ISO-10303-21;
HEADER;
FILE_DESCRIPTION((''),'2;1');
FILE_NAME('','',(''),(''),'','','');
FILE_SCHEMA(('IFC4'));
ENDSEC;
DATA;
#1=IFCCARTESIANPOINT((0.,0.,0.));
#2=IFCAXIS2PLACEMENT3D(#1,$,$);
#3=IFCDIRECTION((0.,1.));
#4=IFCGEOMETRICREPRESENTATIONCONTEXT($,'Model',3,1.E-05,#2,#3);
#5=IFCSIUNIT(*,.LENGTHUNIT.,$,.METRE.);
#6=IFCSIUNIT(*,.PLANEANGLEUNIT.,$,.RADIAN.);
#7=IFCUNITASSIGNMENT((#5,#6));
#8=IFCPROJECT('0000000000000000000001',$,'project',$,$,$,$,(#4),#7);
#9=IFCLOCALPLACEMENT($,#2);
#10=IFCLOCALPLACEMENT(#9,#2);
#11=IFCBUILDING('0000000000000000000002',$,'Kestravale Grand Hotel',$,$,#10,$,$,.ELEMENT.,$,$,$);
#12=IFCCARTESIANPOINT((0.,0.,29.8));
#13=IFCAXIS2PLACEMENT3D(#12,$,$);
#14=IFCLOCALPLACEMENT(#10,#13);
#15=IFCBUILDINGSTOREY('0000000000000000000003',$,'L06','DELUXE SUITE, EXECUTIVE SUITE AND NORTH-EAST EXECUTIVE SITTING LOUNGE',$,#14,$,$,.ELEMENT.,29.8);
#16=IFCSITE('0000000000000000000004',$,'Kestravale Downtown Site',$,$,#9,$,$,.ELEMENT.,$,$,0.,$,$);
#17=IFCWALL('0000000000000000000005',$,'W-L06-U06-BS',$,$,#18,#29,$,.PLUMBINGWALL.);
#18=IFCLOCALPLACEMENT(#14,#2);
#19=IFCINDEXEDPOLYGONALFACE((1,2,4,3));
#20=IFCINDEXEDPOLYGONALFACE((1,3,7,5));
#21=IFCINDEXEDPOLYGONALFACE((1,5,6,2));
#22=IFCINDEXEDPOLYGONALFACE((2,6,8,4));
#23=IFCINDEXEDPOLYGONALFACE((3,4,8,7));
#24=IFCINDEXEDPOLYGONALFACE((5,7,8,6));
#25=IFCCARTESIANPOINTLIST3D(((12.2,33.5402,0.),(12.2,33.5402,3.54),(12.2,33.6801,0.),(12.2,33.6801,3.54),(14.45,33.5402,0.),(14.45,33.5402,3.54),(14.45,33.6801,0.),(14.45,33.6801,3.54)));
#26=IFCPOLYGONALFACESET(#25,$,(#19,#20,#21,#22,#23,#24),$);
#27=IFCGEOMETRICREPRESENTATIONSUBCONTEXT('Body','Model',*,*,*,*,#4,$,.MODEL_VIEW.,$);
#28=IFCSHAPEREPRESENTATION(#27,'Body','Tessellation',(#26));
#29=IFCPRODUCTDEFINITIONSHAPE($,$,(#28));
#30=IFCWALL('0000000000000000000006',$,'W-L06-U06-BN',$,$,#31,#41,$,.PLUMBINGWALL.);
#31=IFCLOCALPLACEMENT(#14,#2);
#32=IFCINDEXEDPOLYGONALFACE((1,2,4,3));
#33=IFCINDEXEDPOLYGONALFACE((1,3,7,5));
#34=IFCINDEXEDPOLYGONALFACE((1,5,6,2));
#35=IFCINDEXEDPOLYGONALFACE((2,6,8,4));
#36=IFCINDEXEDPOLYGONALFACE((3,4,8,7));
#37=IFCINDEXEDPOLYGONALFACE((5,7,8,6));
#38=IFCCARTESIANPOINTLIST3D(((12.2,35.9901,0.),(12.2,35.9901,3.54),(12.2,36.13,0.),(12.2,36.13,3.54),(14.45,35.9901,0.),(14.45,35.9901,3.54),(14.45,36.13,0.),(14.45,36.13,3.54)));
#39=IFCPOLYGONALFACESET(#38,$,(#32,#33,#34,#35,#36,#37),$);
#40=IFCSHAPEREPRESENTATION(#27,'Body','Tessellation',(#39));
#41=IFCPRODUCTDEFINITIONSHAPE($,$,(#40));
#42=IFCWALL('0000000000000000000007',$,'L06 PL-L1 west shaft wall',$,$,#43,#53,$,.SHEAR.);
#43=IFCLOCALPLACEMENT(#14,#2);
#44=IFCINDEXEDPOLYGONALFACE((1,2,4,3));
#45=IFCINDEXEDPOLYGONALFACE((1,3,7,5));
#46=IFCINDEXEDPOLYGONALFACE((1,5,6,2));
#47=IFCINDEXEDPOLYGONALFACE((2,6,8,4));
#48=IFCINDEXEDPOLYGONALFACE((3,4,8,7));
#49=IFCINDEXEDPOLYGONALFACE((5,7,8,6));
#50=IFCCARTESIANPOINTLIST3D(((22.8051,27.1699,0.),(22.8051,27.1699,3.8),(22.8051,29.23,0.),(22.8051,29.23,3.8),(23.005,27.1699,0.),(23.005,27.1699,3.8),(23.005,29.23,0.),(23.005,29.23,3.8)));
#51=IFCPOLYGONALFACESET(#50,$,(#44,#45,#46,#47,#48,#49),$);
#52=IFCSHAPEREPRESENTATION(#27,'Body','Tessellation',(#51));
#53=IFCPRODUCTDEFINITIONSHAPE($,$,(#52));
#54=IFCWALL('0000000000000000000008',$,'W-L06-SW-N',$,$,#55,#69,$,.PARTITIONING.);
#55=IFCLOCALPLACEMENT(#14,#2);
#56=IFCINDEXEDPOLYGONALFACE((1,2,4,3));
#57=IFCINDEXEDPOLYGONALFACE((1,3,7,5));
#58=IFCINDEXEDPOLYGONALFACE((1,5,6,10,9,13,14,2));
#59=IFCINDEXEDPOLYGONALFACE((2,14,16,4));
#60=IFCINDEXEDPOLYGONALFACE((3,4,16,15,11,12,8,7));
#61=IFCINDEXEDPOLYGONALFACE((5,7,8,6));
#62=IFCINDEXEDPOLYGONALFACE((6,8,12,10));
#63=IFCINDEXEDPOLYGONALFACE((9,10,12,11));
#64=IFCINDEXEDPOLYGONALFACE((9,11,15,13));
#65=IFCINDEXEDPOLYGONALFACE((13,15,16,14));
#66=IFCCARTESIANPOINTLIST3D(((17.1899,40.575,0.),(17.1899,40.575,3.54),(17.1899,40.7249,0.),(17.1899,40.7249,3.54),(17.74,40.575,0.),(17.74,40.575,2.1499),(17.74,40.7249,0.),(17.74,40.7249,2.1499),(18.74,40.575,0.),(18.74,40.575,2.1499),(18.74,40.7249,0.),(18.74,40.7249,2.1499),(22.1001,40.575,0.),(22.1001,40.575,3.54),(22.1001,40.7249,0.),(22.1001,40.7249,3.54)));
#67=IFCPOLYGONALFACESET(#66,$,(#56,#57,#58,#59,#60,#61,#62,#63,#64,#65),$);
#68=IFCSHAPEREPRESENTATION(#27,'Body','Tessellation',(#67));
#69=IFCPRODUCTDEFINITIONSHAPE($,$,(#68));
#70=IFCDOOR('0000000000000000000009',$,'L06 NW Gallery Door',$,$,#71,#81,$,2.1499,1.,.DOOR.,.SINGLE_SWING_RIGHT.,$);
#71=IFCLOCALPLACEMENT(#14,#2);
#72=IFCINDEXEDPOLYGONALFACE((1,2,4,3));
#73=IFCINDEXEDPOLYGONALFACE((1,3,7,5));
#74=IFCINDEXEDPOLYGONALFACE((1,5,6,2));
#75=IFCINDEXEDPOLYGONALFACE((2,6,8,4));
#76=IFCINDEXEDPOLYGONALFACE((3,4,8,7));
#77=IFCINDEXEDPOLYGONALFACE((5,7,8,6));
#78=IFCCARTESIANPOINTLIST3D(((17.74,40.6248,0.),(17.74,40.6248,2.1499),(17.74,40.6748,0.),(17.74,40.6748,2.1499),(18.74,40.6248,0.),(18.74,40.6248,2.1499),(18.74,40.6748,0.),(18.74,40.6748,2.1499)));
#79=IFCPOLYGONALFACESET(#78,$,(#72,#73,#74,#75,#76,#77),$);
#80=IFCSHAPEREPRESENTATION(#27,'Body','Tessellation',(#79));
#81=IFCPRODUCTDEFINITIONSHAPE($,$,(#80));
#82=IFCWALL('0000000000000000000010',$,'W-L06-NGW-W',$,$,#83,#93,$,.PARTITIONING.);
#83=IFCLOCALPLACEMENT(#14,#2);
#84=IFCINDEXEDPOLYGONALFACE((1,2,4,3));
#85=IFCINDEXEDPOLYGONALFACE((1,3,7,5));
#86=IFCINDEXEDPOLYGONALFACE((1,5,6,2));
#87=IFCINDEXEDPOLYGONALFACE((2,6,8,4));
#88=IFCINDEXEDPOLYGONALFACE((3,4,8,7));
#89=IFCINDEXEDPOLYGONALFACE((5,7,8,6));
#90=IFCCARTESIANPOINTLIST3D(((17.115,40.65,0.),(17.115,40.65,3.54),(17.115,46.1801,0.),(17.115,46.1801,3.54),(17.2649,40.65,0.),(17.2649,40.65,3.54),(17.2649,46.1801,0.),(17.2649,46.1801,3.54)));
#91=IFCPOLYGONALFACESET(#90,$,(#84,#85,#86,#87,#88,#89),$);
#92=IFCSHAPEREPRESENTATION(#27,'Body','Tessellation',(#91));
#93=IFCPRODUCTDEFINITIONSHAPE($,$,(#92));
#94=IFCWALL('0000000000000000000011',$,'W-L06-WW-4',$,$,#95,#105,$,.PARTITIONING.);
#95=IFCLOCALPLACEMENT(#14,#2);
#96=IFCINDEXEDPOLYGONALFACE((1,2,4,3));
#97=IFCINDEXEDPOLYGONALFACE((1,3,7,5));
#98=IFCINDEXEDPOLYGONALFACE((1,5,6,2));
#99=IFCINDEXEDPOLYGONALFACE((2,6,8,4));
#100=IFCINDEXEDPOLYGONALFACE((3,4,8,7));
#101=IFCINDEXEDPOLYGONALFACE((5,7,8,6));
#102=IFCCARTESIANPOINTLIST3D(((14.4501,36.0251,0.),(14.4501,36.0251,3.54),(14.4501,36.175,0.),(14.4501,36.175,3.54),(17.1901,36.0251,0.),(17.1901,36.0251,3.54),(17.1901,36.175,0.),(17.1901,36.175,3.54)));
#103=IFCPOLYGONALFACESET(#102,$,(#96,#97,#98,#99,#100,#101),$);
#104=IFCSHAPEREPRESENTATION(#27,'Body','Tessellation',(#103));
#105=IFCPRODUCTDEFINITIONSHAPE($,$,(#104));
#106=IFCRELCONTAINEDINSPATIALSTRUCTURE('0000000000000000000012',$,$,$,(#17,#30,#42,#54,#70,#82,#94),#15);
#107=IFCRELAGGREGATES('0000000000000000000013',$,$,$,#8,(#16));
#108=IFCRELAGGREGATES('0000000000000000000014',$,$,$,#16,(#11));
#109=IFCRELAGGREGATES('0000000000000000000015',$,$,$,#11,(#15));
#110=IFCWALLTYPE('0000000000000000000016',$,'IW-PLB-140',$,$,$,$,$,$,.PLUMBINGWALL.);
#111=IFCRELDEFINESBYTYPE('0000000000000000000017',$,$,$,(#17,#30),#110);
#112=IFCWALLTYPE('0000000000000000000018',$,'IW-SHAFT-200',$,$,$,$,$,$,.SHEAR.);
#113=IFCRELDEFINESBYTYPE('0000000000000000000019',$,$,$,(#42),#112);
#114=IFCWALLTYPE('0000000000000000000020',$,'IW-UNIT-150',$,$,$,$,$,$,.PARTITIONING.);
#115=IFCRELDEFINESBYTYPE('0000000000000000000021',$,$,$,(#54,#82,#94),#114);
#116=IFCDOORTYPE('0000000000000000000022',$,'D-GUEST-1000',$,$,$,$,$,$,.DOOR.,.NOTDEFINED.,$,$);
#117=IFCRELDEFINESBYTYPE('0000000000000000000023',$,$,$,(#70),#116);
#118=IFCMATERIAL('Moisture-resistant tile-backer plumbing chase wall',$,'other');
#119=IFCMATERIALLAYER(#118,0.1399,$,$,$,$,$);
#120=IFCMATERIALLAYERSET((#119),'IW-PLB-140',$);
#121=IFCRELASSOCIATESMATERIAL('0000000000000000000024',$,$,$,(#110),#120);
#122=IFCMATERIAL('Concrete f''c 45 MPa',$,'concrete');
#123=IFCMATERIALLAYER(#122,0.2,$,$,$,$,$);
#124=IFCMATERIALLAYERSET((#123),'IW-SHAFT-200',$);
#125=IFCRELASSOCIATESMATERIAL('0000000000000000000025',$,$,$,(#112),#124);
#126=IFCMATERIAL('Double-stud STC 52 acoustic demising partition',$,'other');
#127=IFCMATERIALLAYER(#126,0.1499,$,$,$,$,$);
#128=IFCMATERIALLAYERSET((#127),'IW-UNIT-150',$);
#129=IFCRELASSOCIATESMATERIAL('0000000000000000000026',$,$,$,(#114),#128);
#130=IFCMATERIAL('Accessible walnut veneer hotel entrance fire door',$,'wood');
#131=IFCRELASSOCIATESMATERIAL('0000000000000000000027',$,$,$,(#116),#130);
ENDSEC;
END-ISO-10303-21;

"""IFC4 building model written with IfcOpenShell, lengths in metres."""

from ifc_helpers import new_model, si_unit, direction, frame, frame_2d, origin, place, context, subcontext, project, spatial, rectangle, extrude, material, layer, layer_set, type_object, element, fill, save


model = new_model("IFC4")

# Units and contexts
model_context = context("Model", 3, precision=1e-05, world=origin(), true_north=direction((0.0, 1.0)))
body_context = subcontext(model_context, "Body", "Model", "MODEL_VIEW")
ifc_project = project(units=[si_unit("LENGTHUNIT", "METRE"), si_unit("PLANEANGLEUNIT", "RADIAN")], contexts=[model_context])

# Site, building, storey
site_placement = place(None, origin())
site = spatial("IfcSite", under=ifc_project, at=site_placement, Name="Kestravale Downtown Site", CompositionType="ELEMENT", RefElevation=0.0)
building_placement = place(site_placement, origin())
building = spatial("IfcBuilding", under=site, at=building_placement, Name="Kestravale Grand Hotel", CompositionType="ELEMENT")
storey_placement = place(building_placement, frame((0.0, 0.0, 29.8)))
storey = spatial("IfcBuildingStorey", under=building, at=storey_placement, Name="L06", Description="DELUXE SUITE, EXECUTIVE SUITE AND NORTH-EAST EXECUTIVE SITTING LOUNGE", CompositionType="ELEMENT", Elevation=29.8)

# Shared definitions
ifc_material_1 = material(Name="Moisture-resistant tile-backer plumbing chase wall", Category="other")
ifc_layer_1 = layer(ifc_material_1, 0.1399)
ifc_layer_set_1 = layer_set([ifc_layer_1], Name="IW-PLB-140")
wall_type_1 = type_object("IfcWallType", Name="IW-PLB-140", PredefinedType="PLUMBINGWALL", material=ifc_layer_set_1)

# Walls
for number, where, z_axis, x_axis, name in (
    (1, (12.2, 33.6101, 0.0), (0.0, 0.0, 1.0), (1.0, 0.0, 0.0), "W-L06-U06-BS"),
    (2, (12.2, 36.0601, 0.0), (0.0, 0.0, 1.0), (1.0, 0.0, 0.0), "W-L06-U06-BN"),
):
    element("IfcWall", number, at=place(storey_placement, frame(where, z_axis=z_axis, x_axis=x_axis)), inside=storey, type_object=wall_type_1, Name=name, PredefinedType="PLUMBINGWALL", context=body_context, shape_type="SweptSolid", body=[
        extrude(rectangle(XDim=2.25, YDim=0.1399, at=frame_2d((1.125, 0.0))), origin(), (0.0, 0.0, 1.0), 3.54),
    ])
ifc_material_2 = material(Name="Concrete f'c 45 MPa", Category="concrete")
ifc_layer_2 = layer(ifc_material_2, 0.2)
ifc_layer_set_2 = layer_set([ifc_layer_2], Name="IW-SHAFT-200")
wall_type_2 = type_object("IfcWallType", Name="IW-SHAFT-200", PredefinedType="SHEAR", material=ifc_layer_set_2)
wall_1_placement = place(storey_placement, frame((22.905, 27.1699, 0.0), z_axis=(0.0, 0.0, 1.0), x_axis=(0.0, 1.0, 0.0)))
element("IfcWall", 3, at=wall_1_placement, inside=storey, type_object=wall_type_2, Name="L06 PL-L1 west shaft wall", PredefinedType="SHEAR", context=body_context, shape_type="SweptSolid", body=[
    extrude(rectangle(XDim=2.0601, YDim=0.2, at=frame_2d((1.03, 0.0))), origin(), (0.0, 0.0, 1.0), 3.8),
])

# Wall, opening, door
ifc_material_3 = material(Name="Double-stud STC 52 acoustic demising partition", Category="other")
ifc_layer_3 = layer(ifc_material_3, 0.1499)
ifc_layer_set_3 = layer_set([ifc_layer_3], Name="IW-UNIT-150")
wall_type_3 = type_object("IfcWallType", Name="IW-UNIT-150", PredefinedType="PARTITIONING", material=ifc_layer_set_3)
wall_2_placement = place(storey_placement, frame((17.1899, 40.6499, 0.0), z_axis=(0.0, 0.0, 1.0), x_axis=(1.0, 0.0, 0.0)))
wall_2 = element("IfcWall", 4, at=wall_2_placement, inside=storey, type_object=wall_type_3, Name="W-L06-SW-N", PredefinedType="PARTITIONING", context=body_context, shape_type="SweptSolid", body=[
    extrude(rectangle(XDim=4.9102, YDim=0.1499, at=frame_2d((2.4551, 0.0))), origin(), (0.0, 0.0, 1.0), 3.54),
])
opening_1_placement = place(wall_2_placement, frame((0.55, 0.0, 0.0)))
opening_1 = element("IfcOpeningElement", 5, at=opening_1_placement, cuts=wall_2, PredefinedType="OPENING", context=body_context, shape_type="SweptSolid", body=[
    extrude(rectangle(XDim=1.0, YDim=2.1499, at=frame_2d((0.5, 1.075))), frame((0.0, 0.085, 0.0), z_axis=(0.0, -1.0, 0.0), x_axis=(1.0, 0.0, 0.0)), (0.0, 0.0, 1.0), 0.1699),
])
ifc_material_4 = material(Name="Accessible walnut veneer hotel entrance fire door", Category="wood")
door_type_1 = type_object("IfcDoorType", Name="D-GUEST-1000", OperationType="NOTDEFINED", PredefinedType="DOOR", material=ifc_material_4)
door_1_placement = place(opening_1_placement, origin())
door_1 = element("IfcDoor", 6, at=door_1_placement, inside=storey, type_object=door_type_1, Name="L06 NW Gallery Door", OperationType="SINGLE_SWING_RIGHT", OverallHeight=2.1499, OverallWidth=1.0, PredefinedType="DOOR", context=body_context, shape_type="SweptSolid", body=[
    extrude(rectangle(XDim=1.0, YDim=2.1499, at=frame_2d((0.5, 1.075))), frame((0.0, 0.0249, 0.0), z_axis=(0.0, -1.0, 0.0), x_axis=(1.0, 0.0, 0.0)), (0.0, 0.0, 1.0), 0.05),
])
fill(opening_1, door_1)

# Walls
wall_3_placement = place(storey_placement, frame((17.1899, 40.6499, 0.0), z_axis=(0.0, 0.0, 1.0), x_axis=(0.0, 1.0, 0.0)))
element("IfcWall", 7, at=wall_3_placement, inside=storey, type_object=wall_type_3, Name="W-L06-NGW-W", PredefinedType="PARTITIONING", context=body_context, shape_type="SweptSolid", body=[
    extrude(rectangle(XDim=5.53, YDim=0.1499, at=frame_2d((2.7651, 0.0))), origin(), (0.0, 0.0, 1.0), 3.54),
])
wall_4_placement = place(storey_placement, frame((14.45, 36.1001, 0.0), z_axis=(0.0, 0.0, 1.0), x_axis=(1.0, 0.0, 0.0)))
element("IfcWall", 8, at=wall_4_placement, inside=storey, type_object=wall_type_3, Name="W-L06-WW-4", PredefinedType="PARTITIONING", context=body_context, shape_type="SweptSolid", body=[
    extrude(rectangle(XDim=2.74, YDim=0.1499, at=frame_2d((1.3701, 0.0))), origin(), (0.0, 0.0, 1.0), 3.54),
])

save(model, "model.ifc")
